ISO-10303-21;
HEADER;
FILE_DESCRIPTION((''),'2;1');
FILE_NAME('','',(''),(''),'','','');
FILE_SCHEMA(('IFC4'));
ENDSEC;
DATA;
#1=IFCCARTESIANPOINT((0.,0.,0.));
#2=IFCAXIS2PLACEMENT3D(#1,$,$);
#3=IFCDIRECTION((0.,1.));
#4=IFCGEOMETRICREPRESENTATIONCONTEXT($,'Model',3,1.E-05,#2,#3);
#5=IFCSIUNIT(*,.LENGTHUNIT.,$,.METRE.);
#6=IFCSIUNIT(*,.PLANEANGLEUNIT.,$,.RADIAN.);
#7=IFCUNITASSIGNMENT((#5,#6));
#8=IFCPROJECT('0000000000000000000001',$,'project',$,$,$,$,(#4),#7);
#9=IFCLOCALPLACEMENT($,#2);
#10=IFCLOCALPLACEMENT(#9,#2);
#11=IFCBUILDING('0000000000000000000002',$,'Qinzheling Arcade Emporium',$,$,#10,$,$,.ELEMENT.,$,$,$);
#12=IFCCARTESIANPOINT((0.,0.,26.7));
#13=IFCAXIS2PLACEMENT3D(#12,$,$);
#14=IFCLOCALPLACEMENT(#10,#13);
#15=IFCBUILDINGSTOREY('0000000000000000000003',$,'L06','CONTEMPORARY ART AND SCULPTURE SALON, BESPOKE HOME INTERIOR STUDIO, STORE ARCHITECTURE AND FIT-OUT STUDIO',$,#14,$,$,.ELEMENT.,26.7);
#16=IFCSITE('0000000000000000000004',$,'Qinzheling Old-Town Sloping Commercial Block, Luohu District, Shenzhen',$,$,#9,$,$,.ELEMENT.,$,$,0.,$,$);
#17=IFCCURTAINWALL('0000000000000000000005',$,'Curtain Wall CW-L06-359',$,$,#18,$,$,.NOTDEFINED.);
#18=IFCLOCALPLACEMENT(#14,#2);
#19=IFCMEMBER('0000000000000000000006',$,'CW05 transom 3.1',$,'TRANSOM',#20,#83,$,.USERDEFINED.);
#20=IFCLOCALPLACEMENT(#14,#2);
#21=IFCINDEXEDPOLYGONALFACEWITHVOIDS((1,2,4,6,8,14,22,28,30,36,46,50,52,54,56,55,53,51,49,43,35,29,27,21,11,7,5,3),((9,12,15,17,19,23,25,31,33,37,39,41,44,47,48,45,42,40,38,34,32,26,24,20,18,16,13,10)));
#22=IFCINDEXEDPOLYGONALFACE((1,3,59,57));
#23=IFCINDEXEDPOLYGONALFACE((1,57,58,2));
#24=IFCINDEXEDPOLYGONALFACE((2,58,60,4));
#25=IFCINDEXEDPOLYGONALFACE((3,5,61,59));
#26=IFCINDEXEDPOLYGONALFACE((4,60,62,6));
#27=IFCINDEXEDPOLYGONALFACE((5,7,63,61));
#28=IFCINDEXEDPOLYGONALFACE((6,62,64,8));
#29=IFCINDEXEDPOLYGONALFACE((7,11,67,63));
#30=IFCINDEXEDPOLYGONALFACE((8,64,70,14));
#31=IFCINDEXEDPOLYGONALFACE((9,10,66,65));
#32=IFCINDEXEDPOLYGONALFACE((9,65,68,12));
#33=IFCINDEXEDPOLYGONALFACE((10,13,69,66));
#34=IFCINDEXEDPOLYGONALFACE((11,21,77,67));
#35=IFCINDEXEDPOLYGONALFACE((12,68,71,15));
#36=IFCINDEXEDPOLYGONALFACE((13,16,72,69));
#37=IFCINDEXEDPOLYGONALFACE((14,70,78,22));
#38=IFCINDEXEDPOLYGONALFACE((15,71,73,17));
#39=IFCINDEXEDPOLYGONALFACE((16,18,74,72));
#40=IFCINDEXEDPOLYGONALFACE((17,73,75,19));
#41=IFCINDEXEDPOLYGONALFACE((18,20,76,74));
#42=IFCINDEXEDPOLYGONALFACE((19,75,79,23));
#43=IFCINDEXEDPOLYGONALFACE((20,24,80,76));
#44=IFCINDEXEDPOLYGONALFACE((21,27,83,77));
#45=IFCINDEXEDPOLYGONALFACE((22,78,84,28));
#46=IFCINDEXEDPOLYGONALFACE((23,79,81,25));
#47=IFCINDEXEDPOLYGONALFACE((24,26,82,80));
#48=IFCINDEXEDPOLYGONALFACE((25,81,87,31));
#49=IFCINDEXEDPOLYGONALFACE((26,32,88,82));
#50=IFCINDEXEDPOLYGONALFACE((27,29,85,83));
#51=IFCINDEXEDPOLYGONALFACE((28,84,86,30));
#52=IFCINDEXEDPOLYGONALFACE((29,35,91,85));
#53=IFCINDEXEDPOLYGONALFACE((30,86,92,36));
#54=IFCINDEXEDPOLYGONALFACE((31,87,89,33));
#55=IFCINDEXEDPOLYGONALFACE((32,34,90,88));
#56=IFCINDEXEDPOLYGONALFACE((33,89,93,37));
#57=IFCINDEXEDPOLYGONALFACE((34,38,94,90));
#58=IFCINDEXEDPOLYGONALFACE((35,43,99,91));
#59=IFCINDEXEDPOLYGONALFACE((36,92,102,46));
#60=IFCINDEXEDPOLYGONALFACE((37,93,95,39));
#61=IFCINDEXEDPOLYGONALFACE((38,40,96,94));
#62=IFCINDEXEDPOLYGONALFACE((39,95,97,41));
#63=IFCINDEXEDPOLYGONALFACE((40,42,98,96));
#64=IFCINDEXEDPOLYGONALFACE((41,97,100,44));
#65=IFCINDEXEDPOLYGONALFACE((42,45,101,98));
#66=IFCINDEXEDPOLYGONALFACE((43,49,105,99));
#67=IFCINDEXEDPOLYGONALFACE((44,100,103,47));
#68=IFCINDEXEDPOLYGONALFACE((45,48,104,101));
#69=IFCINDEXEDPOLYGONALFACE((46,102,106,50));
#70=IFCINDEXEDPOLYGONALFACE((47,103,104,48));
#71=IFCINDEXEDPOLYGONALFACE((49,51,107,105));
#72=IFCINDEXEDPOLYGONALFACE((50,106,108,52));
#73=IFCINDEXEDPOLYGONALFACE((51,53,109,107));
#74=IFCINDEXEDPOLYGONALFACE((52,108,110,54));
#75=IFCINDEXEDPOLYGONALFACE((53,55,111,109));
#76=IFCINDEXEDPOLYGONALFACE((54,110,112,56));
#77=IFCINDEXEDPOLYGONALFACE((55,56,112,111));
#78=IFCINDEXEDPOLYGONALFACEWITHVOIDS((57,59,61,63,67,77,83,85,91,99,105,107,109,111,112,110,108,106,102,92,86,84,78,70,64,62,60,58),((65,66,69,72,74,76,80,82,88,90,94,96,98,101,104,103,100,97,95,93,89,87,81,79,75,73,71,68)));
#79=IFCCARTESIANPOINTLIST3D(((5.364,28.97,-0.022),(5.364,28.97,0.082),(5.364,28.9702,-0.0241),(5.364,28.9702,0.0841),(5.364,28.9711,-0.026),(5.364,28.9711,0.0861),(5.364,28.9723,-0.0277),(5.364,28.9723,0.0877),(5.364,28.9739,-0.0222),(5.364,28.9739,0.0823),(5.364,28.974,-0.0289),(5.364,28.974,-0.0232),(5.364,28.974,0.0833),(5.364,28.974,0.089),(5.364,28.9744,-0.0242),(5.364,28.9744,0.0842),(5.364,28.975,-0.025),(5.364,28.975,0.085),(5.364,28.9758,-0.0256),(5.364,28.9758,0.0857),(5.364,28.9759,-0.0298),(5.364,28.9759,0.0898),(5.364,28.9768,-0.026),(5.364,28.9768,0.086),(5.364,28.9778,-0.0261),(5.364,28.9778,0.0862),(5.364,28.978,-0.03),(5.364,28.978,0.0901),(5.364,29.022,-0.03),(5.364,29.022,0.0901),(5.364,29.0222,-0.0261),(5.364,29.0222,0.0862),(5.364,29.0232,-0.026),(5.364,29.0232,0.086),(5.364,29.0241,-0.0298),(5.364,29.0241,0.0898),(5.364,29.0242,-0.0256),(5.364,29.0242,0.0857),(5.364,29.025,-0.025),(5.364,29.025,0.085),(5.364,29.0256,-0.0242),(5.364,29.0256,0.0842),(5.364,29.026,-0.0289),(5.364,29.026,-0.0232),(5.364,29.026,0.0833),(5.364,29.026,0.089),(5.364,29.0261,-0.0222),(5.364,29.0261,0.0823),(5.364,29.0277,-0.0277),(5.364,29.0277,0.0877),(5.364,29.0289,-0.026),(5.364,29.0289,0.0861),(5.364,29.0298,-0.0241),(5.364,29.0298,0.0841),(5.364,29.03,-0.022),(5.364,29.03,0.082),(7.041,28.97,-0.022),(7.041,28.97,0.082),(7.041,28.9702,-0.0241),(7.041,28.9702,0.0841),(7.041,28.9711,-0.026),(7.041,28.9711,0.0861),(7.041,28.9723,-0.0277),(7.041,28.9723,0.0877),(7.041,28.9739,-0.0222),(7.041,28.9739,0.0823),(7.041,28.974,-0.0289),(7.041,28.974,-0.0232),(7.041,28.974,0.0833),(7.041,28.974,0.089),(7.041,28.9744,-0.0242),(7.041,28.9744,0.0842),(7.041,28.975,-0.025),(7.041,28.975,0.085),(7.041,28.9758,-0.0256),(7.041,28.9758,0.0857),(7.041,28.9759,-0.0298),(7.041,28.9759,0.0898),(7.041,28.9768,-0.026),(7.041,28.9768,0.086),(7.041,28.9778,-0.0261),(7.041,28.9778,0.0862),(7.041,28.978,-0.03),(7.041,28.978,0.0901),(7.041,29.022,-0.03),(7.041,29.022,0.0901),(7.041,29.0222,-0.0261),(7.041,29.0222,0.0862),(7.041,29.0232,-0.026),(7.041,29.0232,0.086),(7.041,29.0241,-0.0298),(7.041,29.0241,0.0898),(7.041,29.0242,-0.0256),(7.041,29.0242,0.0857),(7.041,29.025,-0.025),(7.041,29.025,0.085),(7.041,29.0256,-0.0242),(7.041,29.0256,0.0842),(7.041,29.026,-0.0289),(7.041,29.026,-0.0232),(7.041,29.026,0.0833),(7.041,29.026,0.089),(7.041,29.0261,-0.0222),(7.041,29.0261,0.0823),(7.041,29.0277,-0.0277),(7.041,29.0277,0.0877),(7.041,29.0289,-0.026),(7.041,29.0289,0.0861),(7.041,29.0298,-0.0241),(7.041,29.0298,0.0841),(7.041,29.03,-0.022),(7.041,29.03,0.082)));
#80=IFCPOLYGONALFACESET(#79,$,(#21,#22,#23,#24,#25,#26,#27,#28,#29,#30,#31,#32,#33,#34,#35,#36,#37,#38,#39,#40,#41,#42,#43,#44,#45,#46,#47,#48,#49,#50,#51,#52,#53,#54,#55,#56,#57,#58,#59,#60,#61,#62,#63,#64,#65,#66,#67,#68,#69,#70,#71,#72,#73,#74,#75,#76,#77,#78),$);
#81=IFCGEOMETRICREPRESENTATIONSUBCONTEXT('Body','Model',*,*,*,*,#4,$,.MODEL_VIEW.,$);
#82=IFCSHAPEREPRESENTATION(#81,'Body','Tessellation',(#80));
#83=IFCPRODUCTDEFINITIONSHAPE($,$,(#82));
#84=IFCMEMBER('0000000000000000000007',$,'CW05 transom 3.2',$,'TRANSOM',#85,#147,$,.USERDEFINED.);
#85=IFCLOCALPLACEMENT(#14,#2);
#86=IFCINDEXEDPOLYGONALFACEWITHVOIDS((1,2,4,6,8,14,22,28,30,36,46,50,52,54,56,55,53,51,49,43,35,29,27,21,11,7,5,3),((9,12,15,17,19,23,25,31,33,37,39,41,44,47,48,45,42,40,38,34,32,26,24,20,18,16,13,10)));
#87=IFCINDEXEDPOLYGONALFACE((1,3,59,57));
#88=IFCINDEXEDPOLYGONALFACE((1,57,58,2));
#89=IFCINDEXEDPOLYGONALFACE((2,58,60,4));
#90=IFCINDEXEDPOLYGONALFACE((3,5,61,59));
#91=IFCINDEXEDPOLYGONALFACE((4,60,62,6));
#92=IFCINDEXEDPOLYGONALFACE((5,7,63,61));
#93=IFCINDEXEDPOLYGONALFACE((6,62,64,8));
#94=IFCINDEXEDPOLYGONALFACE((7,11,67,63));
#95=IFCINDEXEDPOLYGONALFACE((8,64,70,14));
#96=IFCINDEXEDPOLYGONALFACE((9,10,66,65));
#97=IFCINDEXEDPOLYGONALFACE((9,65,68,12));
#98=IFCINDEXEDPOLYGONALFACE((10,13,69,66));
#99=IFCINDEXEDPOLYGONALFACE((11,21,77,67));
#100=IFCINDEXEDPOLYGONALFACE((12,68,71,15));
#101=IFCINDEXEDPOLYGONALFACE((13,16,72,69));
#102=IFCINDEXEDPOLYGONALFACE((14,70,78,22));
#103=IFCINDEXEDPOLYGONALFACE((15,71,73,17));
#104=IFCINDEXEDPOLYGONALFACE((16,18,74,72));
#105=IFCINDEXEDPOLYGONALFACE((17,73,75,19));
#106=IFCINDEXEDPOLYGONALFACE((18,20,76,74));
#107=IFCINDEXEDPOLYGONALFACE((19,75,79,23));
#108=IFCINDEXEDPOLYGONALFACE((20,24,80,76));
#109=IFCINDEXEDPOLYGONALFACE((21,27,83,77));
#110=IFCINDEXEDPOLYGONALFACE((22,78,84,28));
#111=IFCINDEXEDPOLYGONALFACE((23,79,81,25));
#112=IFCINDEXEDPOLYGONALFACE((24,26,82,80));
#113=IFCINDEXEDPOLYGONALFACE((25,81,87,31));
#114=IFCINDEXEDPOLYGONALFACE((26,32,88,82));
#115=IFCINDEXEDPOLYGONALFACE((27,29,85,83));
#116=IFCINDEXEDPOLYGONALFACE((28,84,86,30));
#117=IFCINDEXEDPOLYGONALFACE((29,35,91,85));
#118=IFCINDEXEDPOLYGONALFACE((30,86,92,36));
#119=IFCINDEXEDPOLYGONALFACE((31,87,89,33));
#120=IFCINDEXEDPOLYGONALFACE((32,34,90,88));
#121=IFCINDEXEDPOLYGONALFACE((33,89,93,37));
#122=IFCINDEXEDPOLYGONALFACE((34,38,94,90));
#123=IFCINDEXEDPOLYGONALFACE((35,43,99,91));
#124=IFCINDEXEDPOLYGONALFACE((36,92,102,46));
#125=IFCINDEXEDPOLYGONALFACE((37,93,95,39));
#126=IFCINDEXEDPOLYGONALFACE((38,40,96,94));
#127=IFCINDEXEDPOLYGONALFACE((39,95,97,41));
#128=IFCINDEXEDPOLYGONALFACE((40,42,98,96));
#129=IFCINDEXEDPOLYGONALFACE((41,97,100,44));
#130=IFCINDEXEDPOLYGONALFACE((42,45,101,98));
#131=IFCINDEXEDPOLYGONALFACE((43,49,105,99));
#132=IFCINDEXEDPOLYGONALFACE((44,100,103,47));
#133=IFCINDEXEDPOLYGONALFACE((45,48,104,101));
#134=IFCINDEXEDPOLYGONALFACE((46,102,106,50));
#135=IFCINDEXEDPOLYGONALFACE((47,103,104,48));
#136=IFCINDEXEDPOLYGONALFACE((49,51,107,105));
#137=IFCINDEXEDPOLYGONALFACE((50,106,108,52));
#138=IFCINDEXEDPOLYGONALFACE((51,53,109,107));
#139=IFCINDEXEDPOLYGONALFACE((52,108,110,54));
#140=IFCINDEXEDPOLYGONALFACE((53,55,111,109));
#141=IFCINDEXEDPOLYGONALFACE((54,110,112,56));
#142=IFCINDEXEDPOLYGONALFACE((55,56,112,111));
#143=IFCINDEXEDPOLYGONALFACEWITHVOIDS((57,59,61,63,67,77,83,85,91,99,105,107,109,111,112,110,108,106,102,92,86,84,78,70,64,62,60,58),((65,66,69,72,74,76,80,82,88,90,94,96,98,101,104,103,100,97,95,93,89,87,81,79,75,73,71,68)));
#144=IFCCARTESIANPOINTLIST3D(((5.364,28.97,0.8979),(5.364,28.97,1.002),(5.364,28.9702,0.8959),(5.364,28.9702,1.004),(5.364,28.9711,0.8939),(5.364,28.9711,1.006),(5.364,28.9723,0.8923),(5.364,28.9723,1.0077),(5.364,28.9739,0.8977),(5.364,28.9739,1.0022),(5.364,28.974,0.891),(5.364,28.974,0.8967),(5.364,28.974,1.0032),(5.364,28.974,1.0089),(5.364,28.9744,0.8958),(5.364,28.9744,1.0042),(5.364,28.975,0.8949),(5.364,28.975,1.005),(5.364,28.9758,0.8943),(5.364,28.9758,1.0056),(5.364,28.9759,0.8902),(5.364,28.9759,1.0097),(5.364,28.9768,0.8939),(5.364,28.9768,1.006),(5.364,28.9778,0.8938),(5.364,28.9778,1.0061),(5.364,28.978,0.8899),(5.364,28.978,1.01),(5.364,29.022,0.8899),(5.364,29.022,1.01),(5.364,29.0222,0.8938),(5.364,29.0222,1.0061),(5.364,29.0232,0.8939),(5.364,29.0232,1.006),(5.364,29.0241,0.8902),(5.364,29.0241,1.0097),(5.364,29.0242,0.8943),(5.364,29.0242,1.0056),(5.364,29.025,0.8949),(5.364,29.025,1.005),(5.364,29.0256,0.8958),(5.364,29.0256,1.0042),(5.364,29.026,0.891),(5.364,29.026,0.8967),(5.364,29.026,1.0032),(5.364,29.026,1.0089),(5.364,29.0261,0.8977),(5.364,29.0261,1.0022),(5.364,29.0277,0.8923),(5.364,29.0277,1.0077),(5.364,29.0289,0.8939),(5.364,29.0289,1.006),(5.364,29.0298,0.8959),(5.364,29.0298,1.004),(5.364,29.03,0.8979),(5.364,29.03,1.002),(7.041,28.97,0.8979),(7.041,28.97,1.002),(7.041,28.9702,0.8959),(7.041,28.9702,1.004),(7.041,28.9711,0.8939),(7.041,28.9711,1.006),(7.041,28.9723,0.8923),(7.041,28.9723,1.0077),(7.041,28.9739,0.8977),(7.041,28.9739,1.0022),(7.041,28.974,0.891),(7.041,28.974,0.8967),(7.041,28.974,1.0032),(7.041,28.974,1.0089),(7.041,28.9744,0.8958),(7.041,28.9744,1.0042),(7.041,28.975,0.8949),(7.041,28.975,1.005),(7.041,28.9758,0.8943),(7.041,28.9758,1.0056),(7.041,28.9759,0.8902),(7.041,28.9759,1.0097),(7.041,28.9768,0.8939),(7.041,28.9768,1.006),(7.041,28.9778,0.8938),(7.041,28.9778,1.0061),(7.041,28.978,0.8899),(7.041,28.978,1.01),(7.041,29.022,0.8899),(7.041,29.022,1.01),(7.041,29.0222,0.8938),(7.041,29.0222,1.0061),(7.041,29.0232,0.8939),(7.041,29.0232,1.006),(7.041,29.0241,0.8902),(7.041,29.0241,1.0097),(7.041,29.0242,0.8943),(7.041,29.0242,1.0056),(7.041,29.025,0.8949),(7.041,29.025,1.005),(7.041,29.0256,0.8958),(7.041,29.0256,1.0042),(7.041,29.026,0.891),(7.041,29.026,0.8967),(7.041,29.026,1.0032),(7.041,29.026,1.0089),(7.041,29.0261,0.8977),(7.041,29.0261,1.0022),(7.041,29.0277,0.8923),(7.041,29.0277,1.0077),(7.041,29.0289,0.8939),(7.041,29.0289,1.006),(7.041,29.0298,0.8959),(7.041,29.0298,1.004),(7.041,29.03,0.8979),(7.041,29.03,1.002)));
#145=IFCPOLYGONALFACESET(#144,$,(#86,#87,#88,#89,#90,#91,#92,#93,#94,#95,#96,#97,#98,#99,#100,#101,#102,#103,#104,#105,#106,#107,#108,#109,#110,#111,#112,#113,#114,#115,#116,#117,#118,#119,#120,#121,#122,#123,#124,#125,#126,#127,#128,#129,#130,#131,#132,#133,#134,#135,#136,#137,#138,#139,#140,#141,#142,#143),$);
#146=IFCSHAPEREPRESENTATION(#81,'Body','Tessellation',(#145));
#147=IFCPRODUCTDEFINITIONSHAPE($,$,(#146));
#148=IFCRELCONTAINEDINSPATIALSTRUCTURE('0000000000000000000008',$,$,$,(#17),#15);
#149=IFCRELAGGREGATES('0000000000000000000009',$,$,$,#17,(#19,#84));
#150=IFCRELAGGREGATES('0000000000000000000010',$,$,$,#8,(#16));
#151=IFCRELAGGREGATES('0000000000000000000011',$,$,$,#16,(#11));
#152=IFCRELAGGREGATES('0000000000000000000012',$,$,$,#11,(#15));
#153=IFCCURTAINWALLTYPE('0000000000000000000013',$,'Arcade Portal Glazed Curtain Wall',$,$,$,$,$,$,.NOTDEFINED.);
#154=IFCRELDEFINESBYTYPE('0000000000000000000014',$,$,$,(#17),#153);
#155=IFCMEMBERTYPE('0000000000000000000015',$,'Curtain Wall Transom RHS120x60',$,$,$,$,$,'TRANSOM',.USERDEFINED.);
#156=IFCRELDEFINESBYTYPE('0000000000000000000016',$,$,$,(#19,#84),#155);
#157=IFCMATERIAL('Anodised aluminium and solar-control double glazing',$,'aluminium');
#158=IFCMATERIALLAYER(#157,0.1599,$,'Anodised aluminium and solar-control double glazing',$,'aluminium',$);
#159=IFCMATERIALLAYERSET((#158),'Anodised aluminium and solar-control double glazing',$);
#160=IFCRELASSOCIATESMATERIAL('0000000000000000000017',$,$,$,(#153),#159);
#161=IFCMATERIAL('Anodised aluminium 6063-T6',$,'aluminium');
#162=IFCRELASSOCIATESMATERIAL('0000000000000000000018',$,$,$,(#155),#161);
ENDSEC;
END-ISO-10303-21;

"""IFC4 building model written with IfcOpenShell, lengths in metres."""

from ifc_helpers import new_model, si_unit, direction, frame, origin, origin_2d, place, context, subcontext, project, spatial, hollow_rectangle, extrude, material, layer, layer_set, material_profile, profile_set, type_object, element, aggregate, save


model = new_model("IFC4")

# Units and contexts
model_context = context("Model", 3, precision=1e-05, world=origin(), true_north=direction((0.0, 1.0)))
body_context = subcontext(model_context, "Body", "Model", "MODEL_VIEW")
ifc_project = project(units=[si_unit("LENGTHUNIT", "METRE"), si_unit("PLANEANGLEUNIT", "RADIAN")], contexts=[model_context])

# Site, building, storey
site_placement = place(None, origin())
site = spatial("IfcSite", under=ifc_project, at=site_placement, Name="Qinzheling Old-Town Sloping Commercial Block, Luohu District, Shenzhen", CompositionType="ELEMENT", RefElevation=0.0)
building_placement = place(site_placement, origin())
building = spatial("IfcBuilding", under=site, at=building_placement, Name="Qinzheling Arcade Emporium", CompositionType="ELEMENT")
storey_placement = place(building_placement, frame((0.0, 0.0, 26.7)))
storey = spatial("IfcBuildingStorey", under=building, at=storey_placement, Name="L06", Description="CONTEMPORARY ART AND SCULPTURE SALON, BESPOKE HOME INTERIOR STUDIO, STORE ARCHITECTURE AND FIT-OUT STUDIO", CompositionType="ELEMENT", Elevation=26.7)

# Shared definitions
ifc_material_1 = material(Name="Anodised aluminium and solar-control double glazing", Category="aluminium")
ifc_material_2 = material(Name="Anodised aluminium 6063-T6", Category="aluminium")

# Curtain wall
ifc_layer_1 = layer(ifc_material_1, 0.1599, Name="Anodised aluminium and solar-control double glazing", Category="aluminium")
ifc_layer_set_1 = layer_set([ifc_layer_1], Name="Anodised aluminium and solar-control double glazing")
curtain_wall_type_1 = type_object("IfcCurtainWallType", Name="Arcade Portal Glazed Curtain Wall", PredefinedType="NOTDEFINED", material=ifc_layer_set_1)
curtain_wall_1_placement = place(storey_placement, origin())
curtain_wall_1 = element("IfcCurtainWall", 1, at=curtain_wall_1_placement, inside=storey, type_object=curtain_wall_type_1, Name="Curtain Wall CW-L06-359", PredefinedType="NOTDEFINED")

# Members
ifc_material_profile_1 = material_profile(ifc_material_2, hollow_rectangle(XDim=0.0601, YDim=0.1201, WallThickness=0.0039, InnerFilletRadius=0.0039, OuterFilletRadius=0.0081, at=origin_2d()), Name="RHS 120x60x4", Category="aluminium")
ifc_profile_set_1 = profile_set([ifc_material_profile_1], Name="Anodised aluminium 6063-T6")
member_type_1 = type_object("IfcMemberType", Name="Curtain Wall Transom RHS120x60", ElementType="TRANSOM", PredefinedType="USERDEFINED", material=ifc_profile_set_1)
member_1_placement = place(storey_placement, frame((7.041, 29.0, 0.03), z_axis=(-1.0, 0.0, 0.0), x_axis=(0.0, -1.0, 0.0)))
member_1 = element("IfcMember", 2, at=member_1_placement, type_object=member_type_1, Name="CW05 transom 3.1", ObjectType="TRANSOM", PredefinedType="USERDEFINED", context=body_context, shape_type="SweptSolid", body=[
    extrude(hollow_rectangle(XDim=0.0601, YDim=0.1201, WallThickness=0.0039, InnerFilletRadius=0.0039, OuterFilletRadius=0.0081, at=origin_2d()), origin(), (0.0, 0.0, 1.0), 1.677),
])
member_2_placement = place(storey_placement, frame((7.041, 29.0, 0.95), z_axis=(-1.0, 0.0, 0.0), x_axis=(0.0, -1.0, 0.0)))
member_2 = element("IfcMember", 3, at=member_2_placement, type_object=member_type_1, Name="CW05 transom 3.2", ObjectType="TRANSOM", PredefinedType="USERDEFINED", context=body_context, shape_type="SweptSolid", body=[
    extrude(hollow_rectangle(XDim=0.0601, YDim=0.1201, WallThickness=0.0039, InnerFilletRadius=0.0039, OuterFilletRadius=0.0081, at=origin_2d()), origin(), (0.0, 0.0, 1.0), 1.677),
])

aggregate(curtain_wall_1, [member_1, member_2])

save(model, "model.ifc")
